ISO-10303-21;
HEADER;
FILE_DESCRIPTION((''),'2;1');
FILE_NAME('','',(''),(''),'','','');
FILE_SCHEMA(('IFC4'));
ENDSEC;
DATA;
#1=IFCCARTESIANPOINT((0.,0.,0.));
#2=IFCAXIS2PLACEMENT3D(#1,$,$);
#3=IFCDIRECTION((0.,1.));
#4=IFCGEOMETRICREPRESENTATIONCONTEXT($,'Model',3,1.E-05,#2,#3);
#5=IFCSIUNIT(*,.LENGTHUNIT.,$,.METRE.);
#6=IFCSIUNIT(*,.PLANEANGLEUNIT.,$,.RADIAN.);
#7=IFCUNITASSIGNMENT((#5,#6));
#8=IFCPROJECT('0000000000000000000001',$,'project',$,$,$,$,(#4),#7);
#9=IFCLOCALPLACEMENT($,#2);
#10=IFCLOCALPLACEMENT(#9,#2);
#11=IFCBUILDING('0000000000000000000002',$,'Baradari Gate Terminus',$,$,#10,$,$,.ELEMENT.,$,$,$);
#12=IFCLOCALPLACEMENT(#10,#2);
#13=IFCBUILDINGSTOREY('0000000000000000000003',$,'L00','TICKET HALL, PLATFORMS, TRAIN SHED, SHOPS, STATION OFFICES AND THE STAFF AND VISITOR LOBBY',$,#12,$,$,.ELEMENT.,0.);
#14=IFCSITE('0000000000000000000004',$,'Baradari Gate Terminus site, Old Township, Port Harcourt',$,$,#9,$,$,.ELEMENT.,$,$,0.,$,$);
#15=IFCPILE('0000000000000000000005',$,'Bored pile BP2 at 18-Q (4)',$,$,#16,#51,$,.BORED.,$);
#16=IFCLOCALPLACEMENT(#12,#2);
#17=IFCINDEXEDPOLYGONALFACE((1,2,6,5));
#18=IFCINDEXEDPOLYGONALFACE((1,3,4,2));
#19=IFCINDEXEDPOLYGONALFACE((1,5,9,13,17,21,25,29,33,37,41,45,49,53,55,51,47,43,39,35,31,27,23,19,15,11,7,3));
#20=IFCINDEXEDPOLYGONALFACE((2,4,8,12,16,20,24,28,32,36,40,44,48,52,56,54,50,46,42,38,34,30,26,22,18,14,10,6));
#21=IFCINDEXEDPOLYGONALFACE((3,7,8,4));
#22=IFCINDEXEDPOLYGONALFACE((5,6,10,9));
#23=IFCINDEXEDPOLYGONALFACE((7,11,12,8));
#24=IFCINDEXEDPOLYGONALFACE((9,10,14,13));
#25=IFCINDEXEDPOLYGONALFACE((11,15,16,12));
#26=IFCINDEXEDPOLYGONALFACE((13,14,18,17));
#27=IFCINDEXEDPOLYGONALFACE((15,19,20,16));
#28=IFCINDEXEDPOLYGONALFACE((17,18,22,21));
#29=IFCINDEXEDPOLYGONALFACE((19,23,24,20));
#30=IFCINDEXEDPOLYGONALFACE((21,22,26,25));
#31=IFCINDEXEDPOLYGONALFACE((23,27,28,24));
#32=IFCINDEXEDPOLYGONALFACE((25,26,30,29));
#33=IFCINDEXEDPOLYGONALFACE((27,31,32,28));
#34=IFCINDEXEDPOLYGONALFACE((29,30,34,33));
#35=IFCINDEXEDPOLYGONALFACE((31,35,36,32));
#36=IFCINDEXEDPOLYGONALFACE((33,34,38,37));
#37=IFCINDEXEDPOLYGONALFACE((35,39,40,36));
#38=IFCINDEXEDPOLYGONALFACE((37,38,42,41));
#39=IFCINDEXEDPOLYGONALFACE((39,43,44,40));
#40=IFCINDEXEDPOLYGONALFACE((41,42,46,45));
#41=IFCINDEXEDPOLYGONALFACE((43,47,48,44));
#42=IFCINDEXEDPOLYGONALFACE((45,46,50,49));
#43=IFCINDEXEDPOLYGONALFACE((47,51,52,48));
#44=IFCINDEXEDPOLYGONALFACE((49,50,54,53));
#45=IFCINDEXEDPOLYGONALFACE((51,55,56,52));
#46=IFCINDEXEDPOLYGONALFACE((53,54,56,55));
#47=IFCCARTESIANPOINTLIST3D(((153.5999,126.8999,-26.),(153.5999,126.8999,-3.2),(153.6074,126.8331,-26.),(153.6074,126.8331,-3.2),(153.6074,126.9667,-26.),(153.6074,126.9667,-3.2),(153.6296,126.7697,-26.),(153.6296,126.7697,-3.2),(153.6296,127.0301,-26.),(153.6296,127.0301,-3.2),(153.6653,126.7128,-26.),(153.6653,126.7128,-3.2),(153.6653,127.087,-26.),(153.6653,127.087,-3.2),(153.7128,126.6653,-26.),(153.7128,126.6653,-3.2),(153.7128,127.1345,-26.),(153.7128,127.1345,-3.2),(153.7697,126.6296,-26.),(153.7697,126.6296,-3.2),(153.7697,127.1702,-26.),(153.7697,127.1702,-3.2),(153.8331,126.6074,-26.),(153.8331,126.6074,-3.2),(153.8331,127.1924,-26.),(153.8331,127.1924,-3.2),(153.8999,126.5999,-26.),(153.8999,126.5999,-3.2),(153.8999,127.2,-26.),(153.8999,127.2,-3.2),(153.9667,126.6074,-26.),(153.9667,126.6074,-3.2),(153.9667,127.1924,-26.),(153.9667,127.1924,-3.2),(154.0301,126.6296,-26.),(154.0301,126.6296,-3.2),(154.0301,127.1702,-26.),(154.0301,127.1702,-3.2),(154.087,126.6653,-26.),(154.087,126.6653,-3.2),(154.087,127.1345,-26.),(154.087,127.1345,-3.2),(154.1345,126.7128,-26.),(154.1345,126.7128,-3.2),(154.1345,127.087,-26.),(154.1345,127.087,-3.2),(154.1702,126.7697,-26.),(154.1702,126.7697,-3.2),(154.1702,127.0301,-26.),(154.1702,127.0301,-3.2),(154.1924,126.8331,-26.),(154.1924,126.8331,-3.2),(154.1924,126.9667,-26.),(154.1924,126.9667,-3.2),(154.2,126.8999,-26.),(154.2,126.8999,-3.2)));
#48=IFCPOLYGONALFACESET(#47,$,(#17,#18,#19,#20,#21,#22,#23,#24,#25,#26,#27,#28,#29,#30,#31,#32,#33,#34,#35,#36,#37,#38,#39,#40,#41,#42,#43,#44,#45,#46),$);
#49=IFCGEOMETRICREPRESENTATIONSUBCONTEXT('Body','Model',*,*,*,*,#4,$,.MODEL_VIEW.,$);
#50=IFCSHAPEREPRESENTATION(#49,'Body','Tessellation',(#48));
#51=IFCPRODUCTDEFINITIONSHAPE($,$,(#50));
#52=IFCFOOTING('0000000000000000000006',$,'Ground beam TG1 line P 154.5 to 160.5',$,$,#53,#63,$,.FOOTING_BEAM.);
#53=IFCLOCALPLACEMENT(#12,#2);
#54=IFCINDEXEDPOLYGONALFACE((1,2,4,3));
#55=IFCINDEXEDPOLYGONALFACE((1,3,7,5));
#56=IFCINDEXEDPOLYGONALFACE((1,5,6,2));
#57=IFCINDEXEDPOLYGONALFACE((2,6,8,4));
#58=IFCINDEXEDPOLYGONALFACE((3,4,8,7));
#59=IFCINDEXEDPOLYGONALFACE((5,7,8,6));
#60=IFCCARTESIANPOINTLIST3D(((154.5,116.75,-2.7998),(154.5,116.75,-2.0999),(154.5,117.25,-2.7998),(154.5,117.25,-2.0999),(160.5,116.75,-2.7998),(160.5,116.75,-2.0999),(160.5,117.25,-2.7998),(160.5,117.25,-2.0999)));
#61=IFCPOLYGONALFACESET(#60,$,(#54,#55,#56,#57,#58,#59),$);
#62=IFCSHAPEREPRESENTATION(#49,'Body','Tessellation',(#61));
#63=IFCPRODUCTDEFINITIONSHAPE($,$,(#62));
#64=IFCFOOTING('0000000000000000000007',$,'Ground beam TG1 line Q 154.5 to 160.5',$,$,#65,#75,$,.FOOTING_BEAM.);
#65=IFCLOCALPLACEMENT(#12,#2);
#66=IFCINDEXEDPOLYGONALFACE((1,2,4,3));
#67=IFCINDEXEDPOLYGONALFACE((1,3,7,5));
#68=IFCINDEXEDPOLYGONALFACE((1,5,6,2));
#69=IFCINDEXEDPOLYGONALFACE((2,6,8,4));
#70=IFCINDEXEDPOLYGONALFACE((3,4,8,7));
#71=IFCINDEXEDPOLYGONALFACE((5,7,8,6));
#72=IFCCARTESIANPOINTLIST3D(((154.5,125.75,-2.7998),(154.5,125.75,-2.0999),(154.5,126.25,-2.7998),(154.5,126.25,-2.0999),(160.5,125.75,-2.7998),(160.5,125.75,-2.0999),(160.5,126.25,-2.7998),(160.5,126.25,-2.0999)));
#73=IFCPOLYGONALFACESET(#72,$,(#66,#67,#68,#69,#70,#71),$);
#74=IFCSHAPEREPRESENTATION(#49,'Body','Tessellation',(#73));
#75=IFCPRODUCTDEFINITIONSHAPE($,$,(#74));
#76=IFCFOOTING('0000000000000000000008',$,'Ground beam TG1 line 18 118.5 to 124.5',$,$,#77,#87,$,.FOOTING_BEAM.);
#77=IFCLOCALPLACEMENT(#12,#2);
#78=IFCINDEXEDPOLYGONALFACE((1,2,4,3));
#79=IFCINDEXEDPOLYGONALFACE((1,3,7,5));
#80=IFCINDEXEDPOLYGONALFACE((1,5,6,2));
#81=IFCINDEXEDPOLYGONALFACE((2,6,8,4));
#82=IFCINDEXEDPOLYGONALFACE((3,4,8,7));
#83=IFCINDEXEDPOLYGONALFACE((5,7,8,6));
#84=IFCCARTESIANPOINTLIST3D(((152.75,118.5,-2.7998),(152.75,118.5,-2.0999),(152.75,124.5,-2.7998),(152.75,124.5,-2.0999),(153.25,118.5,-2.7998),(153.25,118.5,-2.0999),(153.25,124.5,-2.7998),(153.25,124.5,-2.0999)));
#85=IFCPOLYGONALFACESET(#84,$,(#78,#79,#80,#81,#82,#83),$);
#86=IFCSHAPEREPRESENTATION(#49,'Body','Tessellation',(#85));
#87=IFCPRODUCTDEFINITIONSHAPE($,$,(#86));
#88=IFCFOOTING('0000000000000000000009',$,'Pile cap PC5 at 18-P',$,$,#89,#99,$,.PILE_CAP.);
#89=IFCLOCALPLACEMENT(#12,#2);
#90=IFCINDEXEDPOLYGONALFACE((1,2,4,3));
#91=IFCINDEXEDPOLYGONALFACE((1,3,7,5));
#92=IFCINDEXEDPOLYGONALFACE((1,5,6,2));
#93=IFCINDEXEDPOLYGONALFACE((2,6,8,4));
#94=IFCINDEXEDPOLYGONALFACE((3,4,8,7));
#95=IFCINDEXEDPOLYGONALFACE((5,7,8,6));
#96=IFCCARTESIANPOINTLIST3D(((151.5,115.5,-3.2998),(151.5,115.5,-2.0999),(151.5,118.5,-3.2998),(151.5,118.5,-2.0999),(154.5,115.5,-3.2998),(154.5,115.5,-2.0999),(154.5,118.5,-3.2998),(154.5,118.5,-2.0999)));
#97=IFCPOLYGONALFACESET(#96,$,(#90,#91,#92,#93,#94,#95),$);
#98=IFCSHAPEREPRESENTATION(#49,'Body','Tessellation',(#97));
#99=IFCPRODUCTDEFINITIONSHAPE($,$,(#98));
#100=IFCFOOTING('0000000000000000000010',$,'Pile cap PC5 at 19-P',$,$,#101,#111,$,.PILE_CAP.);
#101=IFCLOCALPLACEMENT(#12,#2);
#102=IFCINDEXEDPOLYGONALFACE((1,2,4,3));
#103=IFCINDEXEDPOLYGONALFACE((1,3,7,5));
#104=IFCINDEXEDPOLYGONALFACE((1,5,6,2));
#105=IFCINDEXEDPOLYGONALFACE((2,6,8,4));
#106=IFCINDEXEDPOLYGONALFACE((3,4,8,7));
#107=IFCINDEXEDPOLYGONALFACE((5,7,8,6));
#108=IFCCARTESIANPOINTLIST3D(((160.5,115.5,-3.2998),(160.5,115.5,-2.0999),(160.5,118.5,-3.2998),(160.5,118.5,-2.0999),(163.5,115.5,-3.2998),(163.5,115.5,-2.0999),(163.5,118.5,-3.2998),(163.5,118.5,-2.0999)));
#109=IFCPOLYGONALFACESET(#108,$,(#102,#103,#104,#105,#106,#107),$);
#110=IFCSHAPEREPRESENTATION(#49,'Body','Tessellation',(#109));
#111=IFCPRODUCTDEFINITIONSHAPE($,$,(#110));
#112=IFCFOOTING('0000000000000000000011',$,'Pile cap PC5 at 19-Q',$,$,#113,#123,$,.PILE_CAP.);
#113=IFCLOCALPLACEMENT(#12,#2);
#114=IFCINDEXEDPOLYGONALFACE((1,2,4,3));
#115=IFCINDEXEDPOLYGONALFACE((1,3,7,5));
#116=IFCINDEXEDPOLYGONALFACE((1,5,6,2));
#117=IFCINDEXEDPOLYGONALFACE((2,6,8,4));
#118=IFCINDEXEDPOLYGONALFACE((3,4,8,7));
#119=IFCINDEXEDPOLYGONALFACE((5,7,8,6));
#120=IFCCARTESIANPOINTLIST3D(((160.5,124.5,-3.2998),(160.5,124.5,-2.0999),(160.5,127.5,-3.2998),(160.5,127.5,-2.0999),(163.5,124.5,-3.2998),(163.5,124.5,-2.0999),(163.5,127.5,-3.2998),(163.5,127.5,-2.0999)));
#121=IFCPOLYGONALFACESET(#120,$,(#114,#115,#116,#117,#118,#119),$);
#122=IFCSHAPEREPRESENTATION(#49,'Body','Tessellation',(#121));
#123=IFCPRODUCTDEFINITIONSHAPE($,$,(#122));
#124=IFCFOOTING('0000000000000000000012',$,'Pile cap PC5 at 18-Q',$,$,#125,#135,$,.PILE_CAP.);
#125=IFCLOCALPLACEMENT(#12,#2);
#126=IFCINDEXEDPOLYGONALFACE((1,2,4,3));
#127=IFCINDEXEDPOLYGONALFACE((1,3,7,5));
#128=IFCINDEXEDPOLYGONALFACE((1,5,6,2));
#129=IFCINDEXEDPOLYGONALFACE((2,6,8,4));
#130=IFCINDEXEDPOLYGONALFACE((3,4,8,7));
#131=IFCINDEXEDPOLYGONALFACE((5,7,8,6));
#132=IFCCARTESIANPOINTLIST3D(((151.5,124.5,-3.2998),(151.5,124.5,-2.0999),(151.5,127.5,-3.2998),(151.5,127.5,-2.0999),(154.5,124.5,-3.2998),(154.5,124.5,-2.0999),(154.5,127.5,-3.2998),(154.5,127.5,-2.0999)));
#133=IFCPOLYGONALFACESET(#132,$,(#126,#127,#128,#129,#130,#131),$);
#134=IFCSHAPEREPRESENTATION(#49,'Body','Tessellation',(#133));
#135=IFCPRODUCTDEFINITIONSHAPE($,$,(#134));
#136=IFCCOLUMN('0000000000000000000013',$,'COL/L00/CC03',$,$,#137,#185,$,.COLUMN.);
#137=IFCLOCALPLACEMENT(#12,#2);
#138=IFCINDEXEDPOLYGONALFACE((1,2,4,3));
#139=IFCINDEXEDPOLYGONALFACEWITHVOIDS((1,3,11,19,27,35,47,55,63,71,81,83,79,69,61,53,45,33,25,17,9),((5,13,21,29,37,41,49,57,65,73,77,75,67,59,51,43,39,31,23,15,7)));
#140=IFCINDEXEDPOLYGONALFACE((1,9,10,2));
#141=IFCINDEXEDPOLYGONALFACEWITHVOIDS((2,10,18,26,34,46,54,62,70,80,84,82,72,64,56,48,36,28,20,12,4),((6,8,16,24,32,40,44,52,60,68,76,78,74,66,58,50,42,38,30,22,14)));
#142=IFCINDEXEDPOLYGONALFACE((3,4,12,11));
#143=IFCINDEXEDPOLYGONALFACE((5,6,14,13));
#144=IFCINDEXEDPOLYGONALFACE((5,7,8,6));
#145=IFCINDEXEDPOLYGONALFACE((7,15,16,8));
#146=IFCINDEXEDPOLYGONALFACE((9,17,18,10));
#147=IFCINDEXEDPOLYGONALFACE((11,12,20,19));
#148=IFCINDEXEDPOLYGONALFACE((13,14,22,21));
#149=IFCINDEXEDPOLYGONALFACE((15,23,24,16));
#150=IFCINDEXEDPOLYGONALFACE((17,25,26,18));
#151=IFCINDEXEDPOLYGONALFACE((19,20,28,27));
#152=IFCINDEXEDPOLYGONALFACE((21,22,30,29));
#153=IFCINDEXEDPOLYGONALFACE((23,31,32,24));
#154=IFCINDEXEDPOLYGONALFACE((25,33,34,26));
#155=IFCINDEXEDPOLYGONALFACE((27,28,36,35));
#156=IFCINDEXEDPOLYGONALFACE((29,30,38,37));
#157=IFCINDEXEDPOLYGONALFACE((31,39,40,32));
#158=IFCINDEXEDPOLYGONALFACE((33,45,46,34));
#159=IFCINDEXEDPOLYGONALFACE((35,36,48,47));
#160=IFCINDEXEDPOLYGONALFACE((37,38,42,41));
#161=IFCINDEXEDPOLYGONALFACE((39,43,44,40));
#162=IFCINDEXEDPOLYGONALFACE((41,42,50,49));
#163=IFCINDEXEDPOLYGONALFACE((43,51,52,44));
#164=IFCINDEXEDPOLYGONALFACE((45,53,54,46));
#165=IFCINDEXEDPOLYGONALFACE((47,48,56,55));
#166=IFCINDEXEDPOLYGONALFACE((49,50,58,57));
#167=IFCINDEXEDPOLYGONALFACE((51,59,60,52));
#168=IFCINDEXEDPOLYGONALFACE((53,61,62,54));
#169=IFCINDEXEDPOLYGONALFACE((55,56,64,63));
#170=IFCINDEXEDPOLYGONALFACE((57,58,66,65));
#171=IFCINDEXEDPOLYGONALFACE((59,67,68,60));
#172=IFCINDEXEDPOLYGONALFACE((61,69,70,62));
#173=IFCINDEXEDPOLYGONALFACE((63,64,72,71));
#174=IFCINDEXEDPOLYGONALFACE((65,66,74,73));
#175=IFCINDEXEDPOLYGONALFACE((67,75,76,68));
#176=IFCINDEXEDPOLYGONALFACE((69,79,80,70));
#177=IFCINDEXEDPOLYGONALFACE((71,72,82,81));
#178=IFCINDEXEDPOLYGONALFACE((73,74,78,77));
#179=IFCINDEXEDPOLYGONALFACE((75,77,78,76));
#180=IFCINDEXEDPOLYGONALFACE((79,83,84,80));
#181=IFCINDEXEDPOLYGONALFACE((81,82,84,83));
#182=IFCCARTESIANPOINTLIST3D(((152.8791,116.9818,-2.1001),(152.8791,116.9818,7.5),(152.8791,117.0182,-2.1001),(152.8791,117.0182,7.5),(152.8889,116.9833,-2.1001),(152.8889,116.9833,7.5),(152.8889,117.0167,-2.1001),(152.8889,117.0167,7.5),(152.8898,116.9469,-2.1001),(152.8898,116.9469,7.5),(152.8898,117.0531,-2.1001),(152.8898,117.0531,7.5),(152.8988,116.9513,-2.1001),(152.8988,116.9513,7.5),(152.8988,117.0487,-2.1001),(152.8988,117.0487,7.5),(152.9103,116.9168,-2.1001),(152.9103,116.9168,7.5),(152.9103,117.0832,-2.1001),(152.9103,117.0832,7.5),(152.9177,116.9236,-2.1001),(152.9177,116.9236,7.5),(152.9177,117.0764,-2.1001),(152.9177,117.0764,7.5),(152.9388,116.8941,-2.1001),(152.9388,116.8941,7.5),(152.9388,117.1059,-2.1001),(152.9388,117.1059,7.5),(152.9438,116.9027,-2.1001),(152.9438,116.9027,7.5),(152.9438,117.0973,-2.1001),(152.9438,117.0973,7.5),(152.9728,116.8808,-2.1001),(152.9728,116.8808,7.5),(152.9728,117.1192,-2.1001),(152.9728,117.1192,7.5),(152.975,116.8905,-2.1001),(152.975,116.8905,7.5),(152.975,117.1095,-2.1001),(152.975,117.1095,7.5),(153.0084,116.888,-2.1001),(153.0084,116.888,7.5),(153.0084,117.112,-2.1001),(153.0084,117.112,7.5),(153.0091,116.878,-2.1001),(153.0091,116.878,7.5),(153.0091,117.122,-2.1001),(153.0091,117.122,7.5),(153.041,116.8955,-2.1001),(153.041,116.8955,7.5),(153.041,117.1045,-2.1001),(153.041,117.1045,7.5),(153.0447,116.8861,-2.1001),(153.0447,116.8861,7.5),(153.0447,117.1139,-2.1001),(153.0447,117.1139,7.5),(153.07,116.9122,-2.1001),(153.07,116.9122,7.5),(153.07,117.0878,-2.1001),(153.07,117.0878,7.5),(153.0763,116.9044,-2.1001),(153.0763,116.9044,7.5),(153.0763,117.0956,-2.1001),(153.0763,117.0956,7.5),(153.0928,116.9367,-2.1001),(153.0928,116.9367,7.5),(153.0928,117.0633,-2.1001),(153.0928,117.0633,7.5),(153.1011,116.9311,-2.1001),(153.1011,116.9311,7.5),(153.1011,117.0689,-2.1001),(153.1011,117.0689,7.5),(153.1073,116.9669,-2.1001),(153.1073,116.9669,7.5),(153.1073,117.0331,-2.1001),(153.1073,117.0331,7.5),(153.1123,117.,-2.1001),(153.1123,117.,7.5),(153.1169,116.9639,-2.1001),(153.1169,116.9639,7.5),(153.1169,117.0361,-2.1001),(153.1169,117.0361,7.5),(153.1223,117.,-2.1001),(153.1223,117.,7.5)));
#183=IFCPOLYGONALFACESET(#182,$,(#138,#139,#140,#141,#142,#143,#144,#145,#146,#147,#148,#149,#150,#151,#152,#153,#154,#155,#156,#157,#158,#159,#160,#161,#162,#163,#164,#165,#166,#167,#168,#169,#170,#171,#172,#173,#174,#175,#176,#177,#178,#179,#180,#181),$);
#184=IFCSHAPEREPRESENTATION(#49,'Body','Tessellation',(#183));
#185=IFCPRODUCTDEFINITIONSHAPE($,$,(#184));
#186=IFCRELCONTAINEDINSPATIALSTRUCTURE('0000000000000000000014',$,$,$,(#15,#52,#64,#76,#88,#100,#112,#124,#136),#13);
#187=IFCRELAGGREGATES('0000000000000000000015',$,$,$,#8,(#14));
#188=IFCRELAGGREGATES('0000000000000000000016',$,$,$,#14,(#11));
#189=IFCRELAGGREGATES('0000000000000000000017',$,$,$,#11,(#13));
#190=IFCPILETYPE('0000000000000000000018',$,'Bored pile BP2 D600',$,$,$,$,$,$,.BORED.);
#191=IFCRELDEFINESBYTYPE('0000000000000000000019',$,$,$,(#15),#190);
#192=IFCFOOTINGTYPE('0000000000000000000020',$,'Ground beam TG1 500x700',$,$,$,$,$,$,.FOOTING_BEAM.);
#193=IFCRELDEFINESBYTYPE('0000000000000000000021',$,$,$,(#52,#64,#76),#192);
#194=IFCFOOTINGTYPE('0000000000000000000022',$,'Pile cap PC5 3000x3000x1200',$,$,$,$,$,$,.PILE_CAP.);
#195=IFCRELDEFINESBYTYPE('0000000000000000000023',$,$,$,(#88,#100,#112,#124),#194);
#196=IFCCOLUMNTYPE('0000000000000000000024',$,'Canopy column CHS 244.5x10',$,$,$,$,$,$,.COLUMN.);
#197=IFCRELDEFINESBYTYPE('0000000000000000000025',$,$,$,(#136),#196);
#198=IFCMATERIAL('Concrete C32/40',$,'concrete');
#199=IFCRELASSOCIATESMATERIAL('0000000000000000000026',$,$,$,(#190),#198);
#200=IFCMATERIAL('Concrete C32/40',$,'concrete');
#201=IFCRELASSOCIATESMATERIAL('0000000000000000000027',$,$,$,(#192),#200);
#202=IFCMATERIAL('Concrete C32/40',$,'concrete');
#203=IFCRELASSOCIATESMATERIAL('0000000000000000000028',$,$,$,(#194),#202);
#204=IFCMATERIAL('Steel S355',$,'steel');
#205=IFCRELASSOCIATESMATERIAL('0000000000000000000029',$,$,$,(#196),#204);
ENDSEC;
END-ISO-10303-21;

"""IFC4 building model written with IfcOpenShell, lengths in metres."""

from ifc_helpers import new_model, si_unit, direction, frame, origin, origin_2d, place, context, subcontext, project, spatial, rectangle, circle, hollow_circle, extrude, material, material_profile, profile_set, type_object, element, save


model = new_model("IFC4")

# Units and contexts
model_context = context("Model", 3, precision=1e-05, world=origin(), true_north=direction((0.0, 1.0)))
body_context = subcontext(model_context, "Body", "Model", "MODEL_VIEW")
ifc_project = project(units=[si_unit("LENGTHUNIT", "METRE"), si_unit("PLANEANGLEUNIT", "RADIAN")], contexts=[model_context])

# Site, building, storey
site_placement = place(None, origin())
site = spatial("IfcSite", under=ifc_project, at=site_placement, Name="Baradari Gate Terminus site, Old Township, Port Harcourt", CompositionType="ELEMENT", RefElevation=0.0)
building_placement = place(site_placement, origin())
building = spatial("IfcBuilding", under=site, at=building_placement, Name="Baradari Gate Terminus", CompositionType="ELEMENT")
storey_placement = place(building_placement, origin())
storey = spatial("IfcBuildingStorey", under=building, at=storey_placement, Name="L00", Description="TICKET HALL, PLATFORMS, TRAIN SHED, SHOPS, STATION OFFICES AND THE STAFF AND VISITOR LOBBY", CompositionType="ELEMENT", Elevation=0.0)

# Pile
ifc_material_1 = material(Name="Concrete C32/40", Category="concrete")
pile_type = type_object("IfcPileType", Name="Bored pile BP2 D600", PredefinedType="BORED", material=ifc_material_1)
for number, where, z_axis, x_axis, name in (
    (1, (153.8999, 126.8999, -3.2), (0.0, 0.0, -1.0), (1.0, 0.0, 0.0), "Bored pile BP2 at 18-Q (4)"),
):
    element("IfcPile", number, at=place(storey_placement, frame(where, z_axis=z_axis, x_axis=x_axis)), inside=storey, type_object=pile_type, Name=name, PredefinedType="BORED", context=body_context, shape_type="SweptSolid", body=[
        extrude(circle(Radius=0.3, at=origin_2d()), origin(), (0.0, 0.0, 1.0), 22.8),
    ])

# Footings
ifc_material_2 = material(Name="Concrete C32/40", Category="concrete")
footing_type_1 = type_object("IfcFootingType", Name="Ground beam TG1 500x700", PredefinedType="FOOTING_BEAM", material=ifc_material_2)
for number, where, z_axis, x_axis, name in (
    (2, (157.5, 117.0, -2.7998), (0.0, 0.0, 1.0), (1.0, 0.0, 0.0), "Ground beam TG1 line P 154.5 to 160.5"),
    (3, (157.5, 126.0, -2.7998), (0.0, 0.0, 1.0), (1.0, 0.0, 0.0), "Ground beam TG1 line Q 154.5 to 160.5"),
):
    element("IfcFooting", number, at=place(storey_placement, frame(where, z_axis=z_axis, x_axis=x_axis)), inside=storey, type_object=footing_type_1, Name=name, PredefinedType="FOOTING_BEAM", context=body_context, shape_type="SweptSolid", body=[
        extrude(rectangle(XDim=6.0, YDim=0.5, at=origin_2d()), origin(), (0.0, 0.0, 1.0), 0.7),
    ])
footing_placement = place(storey_placement, frame((153.0, 121.5, -2.7998), z_axis=(0.0, 0.0, 1.0), x_axis=(1.0, 0.0, 0.0)))
element("IfcFooting", 4, at=footing_placement, inside=storey, type_object=footing_type_1, Name="Ground beam TG1 line 18 118.5 to 124.5", PredefinedType="FOOTING_BEAM", context=body_context, shape_type="SweptSolid", body=[
    extrude(rectangle(XDim=0.5, YDim=6.0, at=origin_2d()), origin(), (0.0, 0.0, 1.0), 0.7),
])
ifc_material_3 = material(Name="Concrete C32/40", Category="concrete")
footing_type_2 = type_object("IfcFootingType", Name="Pile cap PC5 3000x3000x1200", PredefinedType="PILE_CAP", material=ifc_material_3)
for number, where, z_axis, x_axis, name in (
    (5, (153.0, 117.0, -3.2998), (0.0, 0.0, 1.0), (1.0, 0.0, 0.0), "Pile cap PC5 at 18-P"),
    (6, (162.0, 117.0, -3.2998), (0.0, 0.0, 1.0), (1.0, 0.0, 0.0), "Pile cap PC5 at 19-P"),
    (7, (162.0, 126.0, -3.2998), (0.0, 0.0, 1.0), (1.0, 0.0, 0.0), "Pile cap PC5 at 19-Q"),
    (8, (153.0, 126.0, -3.2998), (0.0, 0.0, 1.0), (1.0, 0.0, 0.0), "Pile cap PC5 at 18-Q"),
):
    element("IfcFooting", number, at=place(storey_placement, frame(where, z_axis=z_axis, x_axis=x_axis)), inside=storey, type_object=footing_type_2, Name=name, PredefinedType="PILE_CAP", context=body_context, shape_type="SweptSolid", body=[
        extrude(rectangle(XDim=3.0, YDim=3.0, at=origin_2d()), origin(), (0.0, 0.0, 1.0), 1.2),
    ])

# Column
ifc_material_4 = material(Name="Steel S355", Category="steel")
ifc_material_profile = material_profile(ifc_material_4, hollow_circle(Radius=0.1223, WallThickness=0.01, at=origin_2d()), Name="CHS 244.5x10")
ifc_profile_set = profile_set([ifc_material_profile], Name="Steel S355")
column_type = type_object("IfcColumnType", Name="Canopy column CHS 244.5x10", PredefinedType="COLUMN", material=ifc_profile_set)
column_1_placement = place(storey_placement, frame((153.0, 117.0, -2.1001), z_axis=(0.0, 0.0, 1.0), x_axis=(1.0, 0.0, 0.0)))
element("IfcColumn", 9, at=column_1_placement, inside=storey, type_object=column_type, Name="COL/L00/CC03", PredefinedType="COLUMN", context=body_context, shape_type="SweptSolid", body=[
    extrude(hollow_circle(Radius=0.1223, WallThickness=0.01, at=origin_2d()), origin(), (0.0, 0.0, 1.0), 9.6001),
])

save(model, "model.ifc")
